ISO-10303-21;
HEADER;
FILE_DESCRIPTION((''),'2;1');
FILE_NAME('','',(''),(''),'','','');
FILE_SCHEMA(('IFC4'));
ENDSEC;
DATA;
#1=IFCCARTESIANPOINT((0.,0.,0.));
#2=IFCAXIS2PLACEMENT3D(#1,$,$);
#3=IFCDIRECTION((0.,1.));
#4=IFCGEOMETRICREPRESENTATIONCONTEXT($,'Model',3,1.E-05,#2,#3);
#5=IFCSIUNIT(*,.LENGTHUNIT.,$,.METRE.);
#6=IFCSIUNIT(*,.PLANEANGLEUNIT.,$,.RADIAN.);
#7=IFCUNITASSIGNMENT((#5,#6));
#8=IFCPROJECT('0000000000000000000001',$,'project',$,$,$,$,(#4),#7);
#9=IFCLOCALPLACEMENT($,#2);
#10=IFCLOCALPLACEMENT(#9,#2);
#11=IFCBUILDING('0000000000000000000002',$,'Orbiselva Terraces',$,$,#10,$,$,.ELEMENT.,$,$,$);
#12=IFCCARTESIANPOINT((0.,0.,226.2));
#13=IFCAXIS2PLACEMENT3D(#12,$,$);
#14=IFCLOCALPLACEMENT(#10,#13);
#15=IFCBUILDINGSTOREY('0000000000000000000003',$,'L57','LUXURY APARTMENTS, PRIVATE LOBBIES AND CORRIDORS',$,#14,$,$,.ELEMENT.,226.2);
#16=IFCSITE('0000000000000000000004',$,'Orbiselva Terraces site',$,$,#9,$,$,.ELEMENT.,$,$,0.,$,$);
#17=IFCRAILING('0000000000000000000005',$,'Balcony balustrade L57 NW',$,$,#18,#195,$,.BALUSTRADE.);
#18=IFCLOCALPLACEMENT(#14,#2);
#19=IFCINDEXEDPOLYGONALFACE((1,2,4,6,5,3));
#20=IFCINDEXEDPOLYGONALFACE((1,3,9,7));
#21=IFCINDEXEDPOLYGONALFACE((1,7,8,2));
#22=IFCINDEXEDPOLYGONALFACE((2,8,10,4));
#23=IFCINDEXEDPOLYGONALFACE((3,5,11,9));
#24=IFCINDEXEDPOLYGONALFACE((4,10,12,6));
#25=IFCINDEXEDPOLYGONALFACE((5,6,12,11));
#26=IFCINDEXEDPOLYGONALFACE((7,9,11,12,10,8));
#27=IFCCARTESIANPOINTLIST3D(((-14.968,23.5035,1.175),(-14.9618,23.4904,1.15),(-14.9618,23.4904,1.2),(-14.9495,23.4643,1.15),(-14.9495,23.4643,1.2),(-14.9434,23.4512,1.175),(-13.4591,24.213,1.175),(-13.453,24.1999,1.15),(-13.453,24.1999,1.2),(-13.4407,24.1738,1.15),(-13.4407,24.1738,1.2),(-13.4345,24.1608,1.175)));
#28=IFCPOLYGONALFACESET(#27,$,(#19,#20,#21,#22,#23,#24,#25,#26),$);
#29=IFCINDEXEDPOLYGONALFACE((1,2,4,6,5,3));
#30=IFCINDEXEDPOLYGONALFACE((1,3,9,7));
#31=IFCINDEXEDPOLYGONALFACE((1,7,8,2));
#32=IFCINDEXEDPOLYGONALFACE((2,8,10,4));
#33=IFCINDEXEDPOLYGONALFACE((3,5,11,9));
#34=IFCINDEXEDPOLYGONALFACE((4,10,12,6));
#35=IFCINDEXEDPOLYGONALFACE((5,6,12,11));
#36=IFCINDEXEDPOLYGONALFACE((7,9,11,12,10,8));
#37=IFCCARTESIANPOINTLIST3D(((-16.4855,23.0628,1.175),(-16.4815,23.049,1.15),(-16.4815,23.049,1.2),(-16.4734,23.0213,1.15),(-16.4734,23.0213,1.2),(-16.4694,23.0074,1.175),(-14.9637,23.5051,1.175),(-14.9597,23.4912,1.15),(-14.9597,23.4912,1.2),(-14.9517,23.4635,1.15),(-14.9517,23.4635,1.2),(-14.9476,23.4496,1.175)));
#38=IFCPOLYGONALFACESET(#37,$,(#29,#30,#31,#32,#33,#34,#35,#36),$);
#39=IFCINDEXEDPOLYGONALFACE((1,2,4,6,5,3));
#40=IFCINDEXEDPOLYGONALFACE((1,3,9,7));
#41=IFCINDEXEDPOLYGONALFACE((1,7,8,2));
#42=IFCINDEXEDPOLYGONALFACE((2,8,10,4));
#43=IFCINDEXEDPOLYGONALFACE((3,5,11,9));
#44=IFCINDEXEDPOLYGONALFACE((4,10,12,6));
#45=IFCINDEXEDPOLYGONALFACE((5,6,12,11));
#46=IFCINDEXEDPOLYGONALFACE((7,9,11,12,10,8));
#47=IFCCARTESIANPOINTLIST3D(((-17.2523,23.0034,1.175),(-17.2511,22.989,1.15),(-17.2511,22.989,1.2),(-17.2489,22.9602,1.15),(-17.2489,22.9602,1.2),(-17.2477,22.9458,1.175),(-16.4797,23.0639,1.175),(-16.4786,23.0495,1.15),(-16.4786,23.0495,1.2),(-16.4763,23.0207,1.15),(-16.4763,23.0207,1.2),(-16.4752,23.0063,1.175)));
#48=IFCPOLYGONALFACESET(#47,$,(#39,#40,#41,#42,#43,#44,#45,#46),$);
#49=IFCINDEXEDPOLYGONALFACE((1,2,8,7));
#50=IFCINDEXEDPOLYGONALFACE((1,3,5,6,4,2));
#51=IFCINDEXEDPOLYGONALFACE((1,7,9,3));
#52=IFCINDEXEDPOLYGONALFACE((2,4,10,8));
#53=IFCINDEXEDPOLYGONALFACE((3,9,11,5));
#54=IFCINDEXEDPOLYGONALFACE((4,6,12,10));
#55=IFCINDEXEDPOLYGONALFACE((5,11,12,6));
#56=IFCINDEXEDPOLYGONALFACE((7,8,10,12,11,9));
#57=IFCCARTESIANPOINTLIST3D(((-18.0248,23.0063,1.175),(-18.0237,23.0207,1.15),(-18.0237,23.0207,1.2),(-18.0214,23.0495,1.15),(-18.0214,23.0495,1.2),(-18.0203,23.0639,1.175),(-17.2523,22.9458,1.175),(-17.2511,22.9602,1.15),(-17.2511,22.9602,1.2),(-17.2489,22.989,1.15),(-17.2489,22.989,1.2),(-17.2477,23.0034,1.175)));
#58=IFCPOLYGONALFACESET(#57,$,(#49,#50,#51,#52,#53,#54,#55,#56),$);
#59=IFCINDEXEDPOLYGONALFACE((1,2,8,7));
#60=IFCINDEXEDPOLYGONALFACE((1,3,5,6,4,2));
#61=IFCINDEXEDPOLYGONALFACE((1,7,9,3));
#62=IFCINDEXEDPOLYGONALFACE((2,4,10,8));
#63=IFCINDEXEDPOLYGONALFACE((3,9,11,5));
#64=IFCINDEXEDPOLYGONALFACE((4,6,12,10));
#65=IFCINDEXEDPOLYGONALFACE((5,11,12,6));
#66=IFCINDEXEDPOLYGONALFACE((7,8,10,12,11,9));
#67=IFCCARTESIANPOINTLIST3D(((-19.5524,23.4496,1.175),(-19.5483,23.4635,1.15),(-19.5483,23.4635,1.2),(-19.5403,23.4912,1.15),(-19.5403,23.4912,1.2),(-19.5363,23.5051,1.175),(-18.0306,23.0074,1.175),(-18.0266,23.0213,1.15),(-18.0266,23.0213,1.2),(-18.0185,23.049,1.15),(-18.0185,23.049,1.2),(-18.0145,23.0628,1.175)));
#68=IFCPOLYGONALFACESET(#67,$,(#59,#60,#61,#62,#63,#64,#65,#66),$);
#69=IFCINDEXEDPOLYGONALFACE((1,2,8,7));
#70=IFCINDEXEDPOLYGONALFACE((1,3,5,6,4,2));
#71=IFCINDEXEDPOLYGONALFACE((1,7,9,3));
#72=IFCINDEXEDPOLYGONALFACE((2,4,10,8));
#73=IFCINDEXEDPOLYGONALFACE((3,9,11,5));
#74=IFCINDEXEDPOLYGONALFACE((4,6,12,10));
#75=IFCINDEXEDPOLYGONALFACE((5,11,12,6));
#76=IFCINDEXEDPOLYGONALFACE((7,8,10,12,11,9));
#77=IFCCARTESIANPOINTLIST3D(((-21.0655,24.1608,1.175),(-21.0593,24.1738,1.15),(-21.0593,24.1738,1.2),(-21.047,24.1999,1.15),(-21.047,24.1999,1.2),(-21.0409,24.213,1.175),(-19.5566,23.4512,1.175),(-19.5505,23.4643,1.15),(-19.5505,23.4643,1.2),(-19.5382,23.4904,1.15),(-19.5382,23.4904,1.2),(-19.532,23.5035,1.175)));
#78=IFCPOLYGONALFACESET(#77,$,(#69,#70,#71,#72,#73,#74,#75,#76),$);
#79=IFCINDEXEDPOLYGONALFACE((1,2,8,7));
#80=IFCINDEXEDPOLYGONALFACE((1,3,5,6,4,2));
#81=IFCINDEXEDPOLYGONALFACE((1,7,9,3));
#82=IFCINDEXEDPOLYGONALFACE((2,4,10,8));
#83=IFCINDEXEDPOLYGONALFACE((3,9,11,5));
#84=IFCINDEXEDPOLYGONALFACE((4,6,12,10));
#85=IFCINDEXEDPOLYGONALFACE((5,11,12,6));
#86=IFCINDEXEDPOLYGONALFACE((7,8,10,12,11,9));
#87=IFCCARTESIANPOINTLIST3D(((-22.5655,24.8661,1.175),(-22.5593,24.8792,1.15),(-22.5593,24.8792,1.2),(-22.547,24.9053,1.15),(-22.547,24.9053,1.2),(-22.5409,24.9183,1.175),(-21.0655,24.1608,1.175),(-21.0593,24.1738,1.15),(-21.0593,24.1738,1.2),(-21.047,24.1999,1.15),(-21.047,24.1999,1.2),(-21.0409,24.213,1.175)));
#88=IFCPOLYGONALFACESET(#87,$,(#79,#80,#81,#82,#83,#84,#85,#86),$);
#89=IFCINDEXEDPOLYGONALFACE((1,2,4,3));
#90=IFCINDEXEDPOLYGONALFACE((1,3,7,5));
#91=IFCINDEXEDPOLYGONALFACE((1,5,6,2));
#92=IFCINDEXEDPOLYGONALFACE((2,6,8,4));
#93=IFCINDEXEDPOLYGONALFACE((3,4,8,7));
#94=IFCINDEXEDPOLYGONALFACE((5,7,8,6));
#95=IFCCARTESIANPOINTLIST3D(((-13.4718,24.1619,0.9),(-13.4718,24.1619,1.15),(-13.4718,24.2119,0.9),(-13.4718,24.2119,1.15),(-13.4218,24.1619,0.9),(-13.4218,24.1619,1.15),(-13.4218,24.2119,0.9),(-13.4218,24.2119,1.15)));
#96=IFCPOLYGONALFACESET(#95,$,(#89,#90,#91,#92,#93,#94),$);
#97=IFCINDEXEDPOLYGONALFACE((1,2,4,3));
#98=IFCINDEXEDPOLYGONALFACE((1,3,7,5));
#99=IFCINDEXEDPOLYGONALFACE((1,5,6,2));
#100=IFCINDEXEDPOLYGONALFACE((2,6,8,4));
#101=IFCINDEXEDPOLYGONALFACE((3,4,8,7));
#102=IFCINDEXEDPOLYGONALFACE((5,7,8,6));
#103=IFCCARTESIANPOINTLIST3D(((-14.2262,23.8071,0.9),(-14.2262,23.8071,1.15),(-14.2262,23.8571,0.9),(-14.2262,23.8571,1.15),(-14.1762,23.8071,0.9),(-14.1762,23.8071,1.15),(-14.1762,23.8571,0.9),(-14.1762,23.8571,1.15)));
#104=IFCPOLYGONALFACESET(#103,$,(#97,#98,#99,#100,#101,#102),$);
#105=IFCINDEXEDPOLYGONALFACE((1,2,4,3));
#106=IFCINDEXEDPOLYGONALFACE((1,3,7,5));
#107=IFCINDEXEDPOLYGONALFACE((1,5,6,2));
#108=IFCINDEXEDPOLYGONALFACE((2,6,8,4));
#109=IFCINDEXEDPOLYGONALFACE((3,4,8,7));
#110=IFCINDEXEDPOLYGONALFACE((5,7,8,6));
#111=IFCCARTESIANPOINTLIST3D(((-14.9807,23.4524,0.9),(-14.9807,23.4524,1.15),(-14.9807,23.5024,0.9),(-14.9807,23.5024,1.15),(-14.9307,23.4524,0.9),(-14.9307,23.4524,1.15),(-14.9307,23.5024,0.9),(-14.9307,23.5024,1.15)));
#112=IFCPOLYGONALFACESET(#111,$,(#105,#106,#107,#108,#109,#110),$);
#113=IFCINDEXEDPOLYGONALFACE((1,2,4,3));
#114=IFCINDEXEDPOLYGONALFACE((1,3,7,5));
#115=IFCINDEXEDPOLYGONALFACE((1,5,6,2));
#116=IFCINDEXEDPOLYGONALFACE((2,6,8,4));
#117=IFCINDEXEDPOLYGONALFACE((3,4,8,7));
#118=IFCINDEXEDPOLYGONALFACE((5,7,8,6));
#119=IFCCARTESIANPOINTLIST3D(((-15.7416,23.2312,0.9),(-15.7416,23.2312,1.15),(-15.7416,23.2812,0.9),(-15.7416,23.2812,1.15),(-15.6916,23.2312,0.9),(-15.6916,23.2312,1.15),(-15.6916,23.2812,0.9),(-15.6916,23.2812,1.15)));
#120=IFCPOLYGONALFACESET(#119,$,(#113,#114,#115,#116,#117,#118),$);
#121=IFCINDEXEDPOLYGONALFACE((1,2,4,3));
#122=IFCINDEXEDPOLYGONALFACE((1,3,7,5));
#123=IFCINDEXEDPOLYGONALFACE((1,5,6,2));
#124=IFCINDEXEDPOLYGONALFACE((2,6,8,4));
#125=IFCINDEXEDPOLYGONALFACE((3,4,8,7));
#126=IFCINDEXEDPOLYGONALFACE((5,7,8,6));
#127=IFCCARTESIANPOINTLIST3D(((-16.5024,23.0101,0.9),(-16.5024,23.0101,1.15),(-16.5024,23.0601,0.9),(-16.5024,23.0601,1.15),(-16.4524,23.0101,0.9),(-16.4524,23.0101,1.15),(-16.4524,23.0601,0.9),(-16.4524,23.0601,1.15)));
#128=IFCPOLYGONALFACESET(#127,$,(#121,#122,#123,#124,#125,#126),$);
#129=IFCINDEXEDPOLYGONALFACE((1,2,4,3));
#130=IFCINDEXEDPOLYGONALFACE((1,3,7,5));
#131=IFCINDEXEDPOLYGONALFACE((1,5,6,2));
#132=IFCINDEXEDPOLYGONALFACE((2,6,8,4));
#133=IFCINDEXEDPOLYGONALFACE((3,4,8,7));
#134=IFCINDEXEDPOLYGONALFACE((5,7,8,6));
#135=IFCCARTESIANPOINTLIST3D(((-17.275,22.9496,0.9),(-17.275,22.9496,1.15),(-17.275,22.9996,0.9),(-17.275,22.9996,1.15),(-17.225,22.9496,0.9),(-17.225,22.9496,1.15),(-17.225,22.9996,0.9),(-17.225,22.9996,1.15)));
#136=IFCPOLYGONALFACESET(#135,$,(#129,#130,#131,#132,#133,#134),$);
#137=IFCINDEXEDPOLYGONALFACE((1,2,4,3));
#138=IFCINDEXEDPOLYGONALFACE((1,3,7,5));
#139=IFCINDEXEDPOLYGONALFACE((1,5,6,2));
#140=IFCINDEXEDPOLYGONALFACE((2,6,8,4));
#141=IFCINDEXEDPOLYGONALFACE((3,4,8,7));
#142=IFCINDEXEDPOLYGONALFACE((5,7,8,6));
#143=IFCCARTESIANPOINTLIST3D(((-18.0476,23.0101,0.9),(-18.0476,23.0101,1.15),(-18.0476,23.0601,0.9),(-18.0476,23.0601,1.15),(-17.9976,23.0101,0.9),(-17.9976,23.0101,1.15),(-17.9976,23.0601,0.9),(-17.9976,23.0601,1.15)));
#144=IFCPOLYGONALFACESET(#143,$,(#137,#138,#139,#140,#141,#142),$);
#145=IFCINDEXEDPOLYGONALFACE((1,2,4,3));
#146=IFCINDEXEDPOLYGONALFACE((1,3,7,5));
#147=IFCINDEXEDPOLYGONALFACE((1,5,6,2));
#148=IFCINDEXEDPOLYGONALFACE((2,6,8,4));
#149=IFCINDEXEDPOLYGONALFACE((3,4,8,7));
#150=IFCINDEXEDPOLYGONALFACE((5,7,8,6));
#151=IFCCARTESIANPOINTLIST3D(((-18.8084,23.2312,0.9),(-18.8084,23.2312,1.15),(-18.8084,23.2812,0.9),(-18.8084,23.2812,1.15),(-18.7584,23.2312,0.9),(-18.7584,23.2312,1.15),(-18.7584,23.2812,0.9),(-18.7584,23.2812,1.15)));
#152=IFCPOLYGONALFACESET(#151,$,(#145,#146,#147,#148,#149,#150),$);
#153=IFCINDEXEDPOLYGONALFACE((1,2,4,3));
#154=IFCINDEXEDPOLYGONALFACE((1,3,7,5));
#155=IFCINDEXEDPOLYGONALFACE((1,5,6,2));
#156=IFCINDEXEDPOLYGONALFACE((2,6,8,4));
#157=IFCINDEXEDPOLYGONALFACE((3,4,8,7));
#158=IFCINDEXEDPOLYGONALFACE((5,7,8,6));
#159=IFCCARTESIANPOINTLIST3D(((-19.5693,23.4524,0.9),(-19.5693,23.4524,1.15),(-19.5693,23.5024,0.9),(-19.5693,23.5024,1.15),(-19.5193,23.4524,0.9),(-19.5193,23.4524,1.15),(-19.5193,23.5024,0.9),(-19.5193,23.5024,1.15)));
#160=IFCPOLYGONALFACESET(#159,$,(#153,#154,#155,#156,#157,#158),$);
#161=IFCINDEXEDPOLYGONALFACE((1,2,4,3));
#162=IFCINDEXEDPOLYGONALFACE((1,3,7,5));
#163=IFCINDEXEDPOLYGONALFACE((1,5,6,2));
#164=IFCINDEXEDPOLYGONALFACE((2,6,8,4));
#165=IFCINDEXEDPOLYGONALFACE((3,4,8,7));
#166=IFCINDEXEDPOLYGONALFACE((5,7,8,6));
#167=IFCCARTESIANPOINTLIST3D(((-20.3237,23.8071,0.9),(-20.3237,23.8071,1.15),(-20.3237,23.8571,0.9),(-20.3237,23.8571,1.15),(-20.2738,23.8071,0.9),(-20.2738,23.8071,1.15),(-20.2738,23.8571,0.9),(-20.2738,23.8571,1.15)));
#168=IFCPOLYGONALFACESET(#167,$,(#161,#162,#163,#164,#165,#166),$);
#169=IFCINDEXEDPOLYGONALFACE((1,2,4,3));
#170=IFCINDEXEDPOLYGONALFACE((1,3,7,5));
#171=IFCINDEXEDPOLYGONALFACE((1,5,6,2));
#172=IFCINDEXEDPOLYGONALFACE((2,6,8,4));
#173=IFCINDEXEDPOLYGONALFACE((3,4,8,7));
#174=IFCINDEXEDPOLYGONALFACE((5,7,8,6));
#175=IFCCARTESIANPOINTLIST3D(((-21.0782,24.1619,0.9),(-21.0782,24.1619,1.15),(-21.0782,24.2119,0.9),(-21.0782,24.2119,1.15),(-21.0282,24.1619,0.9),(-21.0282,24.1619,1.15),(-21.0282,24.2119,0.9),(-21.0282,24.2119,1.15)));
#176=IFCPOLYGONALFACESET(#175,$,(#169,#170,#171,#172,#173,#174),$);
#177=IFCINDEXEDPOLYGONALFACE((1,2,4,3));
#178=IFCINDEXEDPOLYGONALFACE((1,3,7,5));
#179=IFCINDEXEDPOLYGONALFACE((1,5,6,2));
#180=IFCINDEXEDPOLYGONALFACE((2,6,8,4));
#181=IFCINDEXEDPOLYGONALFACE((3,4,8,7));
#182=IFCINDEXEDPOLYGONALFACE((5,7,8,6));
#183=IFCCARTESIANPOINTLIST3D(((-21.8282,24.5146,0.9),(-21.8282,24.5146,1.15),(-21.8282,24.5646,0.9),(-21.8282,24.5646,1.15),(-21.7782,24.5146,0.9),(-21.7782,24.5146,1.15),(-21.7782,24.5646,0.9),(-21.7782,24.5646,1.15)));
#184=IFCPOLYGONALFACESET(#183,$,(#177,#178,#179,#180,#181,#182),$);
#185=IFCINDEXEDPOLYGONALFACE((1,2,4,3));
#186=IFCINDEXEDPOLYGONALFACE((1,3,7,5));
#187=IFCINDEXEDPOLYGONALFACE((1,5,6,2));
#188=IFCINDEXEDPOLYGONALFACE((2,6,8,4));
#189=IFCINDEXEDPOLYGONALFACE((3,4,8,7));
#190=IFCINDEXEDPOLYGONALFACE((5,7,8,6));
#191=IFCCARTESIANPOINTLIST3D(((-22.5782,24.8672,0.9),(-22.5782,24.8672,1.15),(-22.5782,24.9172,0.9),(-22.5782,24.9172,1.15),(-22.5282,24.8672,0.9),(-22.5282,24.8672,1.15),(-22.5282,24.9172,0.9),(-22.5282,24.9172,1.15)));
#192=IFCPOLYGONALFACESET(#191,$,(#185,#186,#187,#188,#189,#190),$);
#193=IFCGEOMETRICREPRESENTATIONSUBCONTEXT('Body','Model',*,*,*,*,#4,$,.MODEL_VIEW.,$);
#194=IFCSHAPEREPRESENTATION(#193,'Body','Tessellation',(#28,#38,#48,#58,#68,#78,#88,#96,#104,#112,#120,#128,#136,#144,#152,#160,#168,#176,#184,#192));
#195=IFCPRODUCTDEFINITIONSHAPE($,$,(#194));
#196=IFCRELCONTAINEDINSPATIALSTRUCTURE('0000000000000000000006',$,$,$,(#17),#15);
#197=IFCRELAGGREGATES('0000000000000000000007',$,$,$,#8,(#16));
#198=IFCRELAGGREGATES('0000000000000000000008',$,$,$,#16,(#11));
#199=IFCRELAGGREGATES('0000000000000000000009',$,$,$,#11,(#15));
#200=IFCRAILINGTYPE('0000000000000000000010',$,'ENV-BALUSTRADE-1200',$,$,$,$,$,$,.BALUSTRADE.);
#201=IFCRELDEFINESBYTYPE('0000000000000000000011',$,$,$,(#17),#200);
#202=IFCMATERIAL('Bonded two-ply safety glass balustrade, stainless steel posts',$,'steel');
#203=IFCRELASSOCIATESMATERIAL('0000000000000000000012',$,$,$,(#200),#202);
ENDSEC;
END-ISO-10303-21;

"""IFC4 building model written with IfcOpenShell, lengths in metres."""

from ifc_helpers import new_model, si_unit, direction, frame, origin, origin_2d, place, context, subcontext, project, spatial, polyline, rectangle, outline, extrude, material, type_object, element, save


model = new_model("IFC4")

# Units and contexts
model_context = context("Model", 3, precision=1e-05, world=origin(), true_north=direction((0.0, 1.0)))
body_context = subcontext(model_context, "Body", "Model", "MODEL_VIEW")
ifc_project = project(units=[si_unit("LENGTHUNIT", "METRE"), si_unit("PLANEANGLEUNIT", "RADIAN")], contexts=[model_context])

# Site, building, storey
site_placement = place(None, origin())
site = spatial("IfcSite", under=ifc_project, at=site_placement, Name="Orbiselva Terraces site", CompositionType="ELEMENT", RefElevation=0.0)
building_placement = place(site_placement, origin())
building = spatial("IfcBuilding", under=site, at=building_placement, Name="Orbiselva Terraces", CompositionType="ELEMENT")
storey_placement = place(building_placement, frame((0.0, 0.0, 226.2)))
storey = spatial("IfcBuildingStorey", under=building, at=storey_placement, Name="L57", Description="LUXURY APARTMENTS, PRIVATE LOBBIES AND CORRIDORS", CompositionType="ELEMENT", Elevation=226.2)

# Railing
ifc_material_1 = material(Name="Bonded two-ply safety glass balustrade, stainless steel posts", Category="steel")
railing_type_1 = type_object("IfcRailingType", Name="ENV-BALUSTRADE-1200", PredefinedType="BALUSTRADE", material=ifc_material_1)
railing_1_placement = place(storey_placement, frame((-13.4468, 24.1869, 0.9)))
element("IfcRailing", 1, at=railing_1_placement, inside=storey, type_object=railing_type_1, Name="Balcony balustrade L57 NW", PredefinedType="BALUSTRADE", context=body_context, shape_type="SweptSolid", body=[
    extrude(outline(polyline([(0.0289, 0.0), (0.0144, 0.025), (-0.0144, 0.025), (-0.0289, 0.0), (-0.0144, -0.025), (0.0144, -0.025), (0.0289, 0.0)])), frame((0.0, 0.0, 0.275), z_axis=(-0.904944, -0.42553, 0.0), x_axis=(0.42553, -0.904944, 0.0)), (0.0, 0.0, 1.0), 1.6674),
    extrude(outline(polyline([(0.0289, 0.0), (0.0144, 0.025), (-0.0144, 0.025), (-0.0289, 0.0), (-0.0144, -0.025), (0.0144, -0.025), (0.0289, 0.0)])), frame((-1.5089, -0.7095, 0.275), z_axis=(-0.96027, -0.279071, 0.0), x_axis=(0.279071, -0.96027, 0.0)), (0.0, 0.0, 1.0), 1.5847),
    extrude(outline(polyline([(0.0289, 0.0), (0.0144, 0.025), (-0.0144, 0.025), (-0.0289, 0.0), (-0.0144, -0.025), (0.0144, -0.025), (0.0289, 0.0)])), frame((-3.0306, -1.1518, 0.275), z_axis=(-0.996948, -0.078071, 0.0), x_axis=(0.078071, -0.996948, 0.0)), (0.0, 0.0, 1.0), 0.7749),
    extrude(outline(polyline([(0.0289, 0.0), (0.0144, 0.025), (-0.0144, 0.025), (-0.0289, 0.0), (-0.0144, -0.025), (0.0144, -0.025), (0.0289, 0.0)])), frame((-3.8032, -1.2123, 0.275), z_axis=(-0.996948, 0.078071, 0.0), x_axis=(-0.078071, -0.996948, 0.0)), (0.0, 0.0, 1.0), 0.7749),
    extrude(outline(polyline([(0.0289, 0.0), (0.0144, 0.025), (-0.0144, 0.025), (-0.0289, 0.0), (-0.0144, -0.025), (0.0144, -0.025), (0.0289, 0.0)])), frame((-4.5757, -1.1518, 0.275), z_axis=(-0.96027, 0.279071, 0.0), x_axis=(-0.279071, -0.96027, 0.0)), (0.0, 0.0, 1.0), 1.5847),
    extrude(outline(polyline([(0.0289, 0.0), (0.0144, 0.025), (-0.0144, 0.025), (-0.0289, 0.0), (-0.0144, -0.025), (0.0144, -0.025), (0.0289, 0.0)])), frame((-6.0975, -0.7095, 0.275), z_axis=(-0.904944, 0.42553, 0.0), x_axis=(-0.42553, -0.904944, 0.0)), (0.0, 0.0, 1.0), 1.6674),
    extrude(outline(polyline([(0.0289, 0.0), (0.0144, 0.025), (-0.0144, 0.025), (-0.0289, 0.0), (-0.0144, -0.025), (0.0144, -0.025), (0.0289, 0.0)])), frame((-7.6064, 0.0, 0.275), z_axis=(-0.904944, 0.42553, 0.0), x_axis=(-0.42553, -0.904944, 0.0)), (0.0, 0.0, 1.0), 1.6576),
    extrude(rectangle(XDim=0.05, YDim=0.05, at=origin_2d()), origin(), (0.0, 0.0, 1.0), 0.25),
    extrude(rectangle(XDim=0.05, YDim=0.05, at=origin_2d()), frame((-0.7544, -0.3548, 0.0)), (0.0, 0.0, 1.0), 0.25),
    extrude(rectangle(XDim=0.05, YDim=0.05, at=origin_2d()), frame((-1.5089, -0.7095, 0.0)), (0.0, 0.0, 1.0), 0.25),
    extrude(rectangle(XDim=0.05, YDim=0.05, at=origin_2d()), frame((-2.2698, -0.9306, 0.0)), (0.0, 0.0, 1.0), 0.25),
    extrude(rectangle(XDim=0.05, YDim=0.05, at=origin_2d()), frame((-3.0306, -1.1518, 0.0)), (0.0, 0.0, 1.0), 0.25),
    extrude(rectangle(XDim=0.05, YDim=0.05, at=origin_2d()), frame((-3.8032, -1.2123, 0.0)), (0.0, 0.0, 1.0), 0.25),
    extrude(rectangle(XDim=0.05, YDim=0.05, at=origin_2d()), frame((-4.5757, -1.1518, 0.0)), (0.0, 0.0, 1.0), 0.25),
    extrude(rectangle(XDim=0.05, YDim=0.05, at=origin_2d()), frame((-5.3366, -0.9306, 0.0)), (0.0, 0.0, 1.0), 0.25),
    extrude(rectangle(XDim=0.05, YDim=0.05, at=origin_2d()), frame((-6.0975, -0.7095, 0.0)), (0.0, 0.0, 1.0), 0.25),
    extrude(rectangle(XDim=0.05, YDim=0.05, at=origin_2d()), frame((-6.8519, -0.3548, 0.0)), (0.0, 0.0, 1.0), 0.25),
    extrude(rectangle(XDim=0.05, YDim=0.05, at=origin_2d()), frame((-7.6064, 0.0, 0.0)), (0.0, 0.0, 1.0), 0.25),
    extrude(rectangle(XDim=0.05, YDim=0.05, at=origin_2d()), frame((-8.3564, 0.3527, 0.0)), (0.0, 0.0, 1.0), 0.25),
    extrude(rectangle(XDim=0.05, YDim=0.05, at=origin_2d()), frame((-9.1064, 0.7053, 0.0)), (0.0, 0.0, 1.0), 0.25),
])

save(model, "model.ifc")
